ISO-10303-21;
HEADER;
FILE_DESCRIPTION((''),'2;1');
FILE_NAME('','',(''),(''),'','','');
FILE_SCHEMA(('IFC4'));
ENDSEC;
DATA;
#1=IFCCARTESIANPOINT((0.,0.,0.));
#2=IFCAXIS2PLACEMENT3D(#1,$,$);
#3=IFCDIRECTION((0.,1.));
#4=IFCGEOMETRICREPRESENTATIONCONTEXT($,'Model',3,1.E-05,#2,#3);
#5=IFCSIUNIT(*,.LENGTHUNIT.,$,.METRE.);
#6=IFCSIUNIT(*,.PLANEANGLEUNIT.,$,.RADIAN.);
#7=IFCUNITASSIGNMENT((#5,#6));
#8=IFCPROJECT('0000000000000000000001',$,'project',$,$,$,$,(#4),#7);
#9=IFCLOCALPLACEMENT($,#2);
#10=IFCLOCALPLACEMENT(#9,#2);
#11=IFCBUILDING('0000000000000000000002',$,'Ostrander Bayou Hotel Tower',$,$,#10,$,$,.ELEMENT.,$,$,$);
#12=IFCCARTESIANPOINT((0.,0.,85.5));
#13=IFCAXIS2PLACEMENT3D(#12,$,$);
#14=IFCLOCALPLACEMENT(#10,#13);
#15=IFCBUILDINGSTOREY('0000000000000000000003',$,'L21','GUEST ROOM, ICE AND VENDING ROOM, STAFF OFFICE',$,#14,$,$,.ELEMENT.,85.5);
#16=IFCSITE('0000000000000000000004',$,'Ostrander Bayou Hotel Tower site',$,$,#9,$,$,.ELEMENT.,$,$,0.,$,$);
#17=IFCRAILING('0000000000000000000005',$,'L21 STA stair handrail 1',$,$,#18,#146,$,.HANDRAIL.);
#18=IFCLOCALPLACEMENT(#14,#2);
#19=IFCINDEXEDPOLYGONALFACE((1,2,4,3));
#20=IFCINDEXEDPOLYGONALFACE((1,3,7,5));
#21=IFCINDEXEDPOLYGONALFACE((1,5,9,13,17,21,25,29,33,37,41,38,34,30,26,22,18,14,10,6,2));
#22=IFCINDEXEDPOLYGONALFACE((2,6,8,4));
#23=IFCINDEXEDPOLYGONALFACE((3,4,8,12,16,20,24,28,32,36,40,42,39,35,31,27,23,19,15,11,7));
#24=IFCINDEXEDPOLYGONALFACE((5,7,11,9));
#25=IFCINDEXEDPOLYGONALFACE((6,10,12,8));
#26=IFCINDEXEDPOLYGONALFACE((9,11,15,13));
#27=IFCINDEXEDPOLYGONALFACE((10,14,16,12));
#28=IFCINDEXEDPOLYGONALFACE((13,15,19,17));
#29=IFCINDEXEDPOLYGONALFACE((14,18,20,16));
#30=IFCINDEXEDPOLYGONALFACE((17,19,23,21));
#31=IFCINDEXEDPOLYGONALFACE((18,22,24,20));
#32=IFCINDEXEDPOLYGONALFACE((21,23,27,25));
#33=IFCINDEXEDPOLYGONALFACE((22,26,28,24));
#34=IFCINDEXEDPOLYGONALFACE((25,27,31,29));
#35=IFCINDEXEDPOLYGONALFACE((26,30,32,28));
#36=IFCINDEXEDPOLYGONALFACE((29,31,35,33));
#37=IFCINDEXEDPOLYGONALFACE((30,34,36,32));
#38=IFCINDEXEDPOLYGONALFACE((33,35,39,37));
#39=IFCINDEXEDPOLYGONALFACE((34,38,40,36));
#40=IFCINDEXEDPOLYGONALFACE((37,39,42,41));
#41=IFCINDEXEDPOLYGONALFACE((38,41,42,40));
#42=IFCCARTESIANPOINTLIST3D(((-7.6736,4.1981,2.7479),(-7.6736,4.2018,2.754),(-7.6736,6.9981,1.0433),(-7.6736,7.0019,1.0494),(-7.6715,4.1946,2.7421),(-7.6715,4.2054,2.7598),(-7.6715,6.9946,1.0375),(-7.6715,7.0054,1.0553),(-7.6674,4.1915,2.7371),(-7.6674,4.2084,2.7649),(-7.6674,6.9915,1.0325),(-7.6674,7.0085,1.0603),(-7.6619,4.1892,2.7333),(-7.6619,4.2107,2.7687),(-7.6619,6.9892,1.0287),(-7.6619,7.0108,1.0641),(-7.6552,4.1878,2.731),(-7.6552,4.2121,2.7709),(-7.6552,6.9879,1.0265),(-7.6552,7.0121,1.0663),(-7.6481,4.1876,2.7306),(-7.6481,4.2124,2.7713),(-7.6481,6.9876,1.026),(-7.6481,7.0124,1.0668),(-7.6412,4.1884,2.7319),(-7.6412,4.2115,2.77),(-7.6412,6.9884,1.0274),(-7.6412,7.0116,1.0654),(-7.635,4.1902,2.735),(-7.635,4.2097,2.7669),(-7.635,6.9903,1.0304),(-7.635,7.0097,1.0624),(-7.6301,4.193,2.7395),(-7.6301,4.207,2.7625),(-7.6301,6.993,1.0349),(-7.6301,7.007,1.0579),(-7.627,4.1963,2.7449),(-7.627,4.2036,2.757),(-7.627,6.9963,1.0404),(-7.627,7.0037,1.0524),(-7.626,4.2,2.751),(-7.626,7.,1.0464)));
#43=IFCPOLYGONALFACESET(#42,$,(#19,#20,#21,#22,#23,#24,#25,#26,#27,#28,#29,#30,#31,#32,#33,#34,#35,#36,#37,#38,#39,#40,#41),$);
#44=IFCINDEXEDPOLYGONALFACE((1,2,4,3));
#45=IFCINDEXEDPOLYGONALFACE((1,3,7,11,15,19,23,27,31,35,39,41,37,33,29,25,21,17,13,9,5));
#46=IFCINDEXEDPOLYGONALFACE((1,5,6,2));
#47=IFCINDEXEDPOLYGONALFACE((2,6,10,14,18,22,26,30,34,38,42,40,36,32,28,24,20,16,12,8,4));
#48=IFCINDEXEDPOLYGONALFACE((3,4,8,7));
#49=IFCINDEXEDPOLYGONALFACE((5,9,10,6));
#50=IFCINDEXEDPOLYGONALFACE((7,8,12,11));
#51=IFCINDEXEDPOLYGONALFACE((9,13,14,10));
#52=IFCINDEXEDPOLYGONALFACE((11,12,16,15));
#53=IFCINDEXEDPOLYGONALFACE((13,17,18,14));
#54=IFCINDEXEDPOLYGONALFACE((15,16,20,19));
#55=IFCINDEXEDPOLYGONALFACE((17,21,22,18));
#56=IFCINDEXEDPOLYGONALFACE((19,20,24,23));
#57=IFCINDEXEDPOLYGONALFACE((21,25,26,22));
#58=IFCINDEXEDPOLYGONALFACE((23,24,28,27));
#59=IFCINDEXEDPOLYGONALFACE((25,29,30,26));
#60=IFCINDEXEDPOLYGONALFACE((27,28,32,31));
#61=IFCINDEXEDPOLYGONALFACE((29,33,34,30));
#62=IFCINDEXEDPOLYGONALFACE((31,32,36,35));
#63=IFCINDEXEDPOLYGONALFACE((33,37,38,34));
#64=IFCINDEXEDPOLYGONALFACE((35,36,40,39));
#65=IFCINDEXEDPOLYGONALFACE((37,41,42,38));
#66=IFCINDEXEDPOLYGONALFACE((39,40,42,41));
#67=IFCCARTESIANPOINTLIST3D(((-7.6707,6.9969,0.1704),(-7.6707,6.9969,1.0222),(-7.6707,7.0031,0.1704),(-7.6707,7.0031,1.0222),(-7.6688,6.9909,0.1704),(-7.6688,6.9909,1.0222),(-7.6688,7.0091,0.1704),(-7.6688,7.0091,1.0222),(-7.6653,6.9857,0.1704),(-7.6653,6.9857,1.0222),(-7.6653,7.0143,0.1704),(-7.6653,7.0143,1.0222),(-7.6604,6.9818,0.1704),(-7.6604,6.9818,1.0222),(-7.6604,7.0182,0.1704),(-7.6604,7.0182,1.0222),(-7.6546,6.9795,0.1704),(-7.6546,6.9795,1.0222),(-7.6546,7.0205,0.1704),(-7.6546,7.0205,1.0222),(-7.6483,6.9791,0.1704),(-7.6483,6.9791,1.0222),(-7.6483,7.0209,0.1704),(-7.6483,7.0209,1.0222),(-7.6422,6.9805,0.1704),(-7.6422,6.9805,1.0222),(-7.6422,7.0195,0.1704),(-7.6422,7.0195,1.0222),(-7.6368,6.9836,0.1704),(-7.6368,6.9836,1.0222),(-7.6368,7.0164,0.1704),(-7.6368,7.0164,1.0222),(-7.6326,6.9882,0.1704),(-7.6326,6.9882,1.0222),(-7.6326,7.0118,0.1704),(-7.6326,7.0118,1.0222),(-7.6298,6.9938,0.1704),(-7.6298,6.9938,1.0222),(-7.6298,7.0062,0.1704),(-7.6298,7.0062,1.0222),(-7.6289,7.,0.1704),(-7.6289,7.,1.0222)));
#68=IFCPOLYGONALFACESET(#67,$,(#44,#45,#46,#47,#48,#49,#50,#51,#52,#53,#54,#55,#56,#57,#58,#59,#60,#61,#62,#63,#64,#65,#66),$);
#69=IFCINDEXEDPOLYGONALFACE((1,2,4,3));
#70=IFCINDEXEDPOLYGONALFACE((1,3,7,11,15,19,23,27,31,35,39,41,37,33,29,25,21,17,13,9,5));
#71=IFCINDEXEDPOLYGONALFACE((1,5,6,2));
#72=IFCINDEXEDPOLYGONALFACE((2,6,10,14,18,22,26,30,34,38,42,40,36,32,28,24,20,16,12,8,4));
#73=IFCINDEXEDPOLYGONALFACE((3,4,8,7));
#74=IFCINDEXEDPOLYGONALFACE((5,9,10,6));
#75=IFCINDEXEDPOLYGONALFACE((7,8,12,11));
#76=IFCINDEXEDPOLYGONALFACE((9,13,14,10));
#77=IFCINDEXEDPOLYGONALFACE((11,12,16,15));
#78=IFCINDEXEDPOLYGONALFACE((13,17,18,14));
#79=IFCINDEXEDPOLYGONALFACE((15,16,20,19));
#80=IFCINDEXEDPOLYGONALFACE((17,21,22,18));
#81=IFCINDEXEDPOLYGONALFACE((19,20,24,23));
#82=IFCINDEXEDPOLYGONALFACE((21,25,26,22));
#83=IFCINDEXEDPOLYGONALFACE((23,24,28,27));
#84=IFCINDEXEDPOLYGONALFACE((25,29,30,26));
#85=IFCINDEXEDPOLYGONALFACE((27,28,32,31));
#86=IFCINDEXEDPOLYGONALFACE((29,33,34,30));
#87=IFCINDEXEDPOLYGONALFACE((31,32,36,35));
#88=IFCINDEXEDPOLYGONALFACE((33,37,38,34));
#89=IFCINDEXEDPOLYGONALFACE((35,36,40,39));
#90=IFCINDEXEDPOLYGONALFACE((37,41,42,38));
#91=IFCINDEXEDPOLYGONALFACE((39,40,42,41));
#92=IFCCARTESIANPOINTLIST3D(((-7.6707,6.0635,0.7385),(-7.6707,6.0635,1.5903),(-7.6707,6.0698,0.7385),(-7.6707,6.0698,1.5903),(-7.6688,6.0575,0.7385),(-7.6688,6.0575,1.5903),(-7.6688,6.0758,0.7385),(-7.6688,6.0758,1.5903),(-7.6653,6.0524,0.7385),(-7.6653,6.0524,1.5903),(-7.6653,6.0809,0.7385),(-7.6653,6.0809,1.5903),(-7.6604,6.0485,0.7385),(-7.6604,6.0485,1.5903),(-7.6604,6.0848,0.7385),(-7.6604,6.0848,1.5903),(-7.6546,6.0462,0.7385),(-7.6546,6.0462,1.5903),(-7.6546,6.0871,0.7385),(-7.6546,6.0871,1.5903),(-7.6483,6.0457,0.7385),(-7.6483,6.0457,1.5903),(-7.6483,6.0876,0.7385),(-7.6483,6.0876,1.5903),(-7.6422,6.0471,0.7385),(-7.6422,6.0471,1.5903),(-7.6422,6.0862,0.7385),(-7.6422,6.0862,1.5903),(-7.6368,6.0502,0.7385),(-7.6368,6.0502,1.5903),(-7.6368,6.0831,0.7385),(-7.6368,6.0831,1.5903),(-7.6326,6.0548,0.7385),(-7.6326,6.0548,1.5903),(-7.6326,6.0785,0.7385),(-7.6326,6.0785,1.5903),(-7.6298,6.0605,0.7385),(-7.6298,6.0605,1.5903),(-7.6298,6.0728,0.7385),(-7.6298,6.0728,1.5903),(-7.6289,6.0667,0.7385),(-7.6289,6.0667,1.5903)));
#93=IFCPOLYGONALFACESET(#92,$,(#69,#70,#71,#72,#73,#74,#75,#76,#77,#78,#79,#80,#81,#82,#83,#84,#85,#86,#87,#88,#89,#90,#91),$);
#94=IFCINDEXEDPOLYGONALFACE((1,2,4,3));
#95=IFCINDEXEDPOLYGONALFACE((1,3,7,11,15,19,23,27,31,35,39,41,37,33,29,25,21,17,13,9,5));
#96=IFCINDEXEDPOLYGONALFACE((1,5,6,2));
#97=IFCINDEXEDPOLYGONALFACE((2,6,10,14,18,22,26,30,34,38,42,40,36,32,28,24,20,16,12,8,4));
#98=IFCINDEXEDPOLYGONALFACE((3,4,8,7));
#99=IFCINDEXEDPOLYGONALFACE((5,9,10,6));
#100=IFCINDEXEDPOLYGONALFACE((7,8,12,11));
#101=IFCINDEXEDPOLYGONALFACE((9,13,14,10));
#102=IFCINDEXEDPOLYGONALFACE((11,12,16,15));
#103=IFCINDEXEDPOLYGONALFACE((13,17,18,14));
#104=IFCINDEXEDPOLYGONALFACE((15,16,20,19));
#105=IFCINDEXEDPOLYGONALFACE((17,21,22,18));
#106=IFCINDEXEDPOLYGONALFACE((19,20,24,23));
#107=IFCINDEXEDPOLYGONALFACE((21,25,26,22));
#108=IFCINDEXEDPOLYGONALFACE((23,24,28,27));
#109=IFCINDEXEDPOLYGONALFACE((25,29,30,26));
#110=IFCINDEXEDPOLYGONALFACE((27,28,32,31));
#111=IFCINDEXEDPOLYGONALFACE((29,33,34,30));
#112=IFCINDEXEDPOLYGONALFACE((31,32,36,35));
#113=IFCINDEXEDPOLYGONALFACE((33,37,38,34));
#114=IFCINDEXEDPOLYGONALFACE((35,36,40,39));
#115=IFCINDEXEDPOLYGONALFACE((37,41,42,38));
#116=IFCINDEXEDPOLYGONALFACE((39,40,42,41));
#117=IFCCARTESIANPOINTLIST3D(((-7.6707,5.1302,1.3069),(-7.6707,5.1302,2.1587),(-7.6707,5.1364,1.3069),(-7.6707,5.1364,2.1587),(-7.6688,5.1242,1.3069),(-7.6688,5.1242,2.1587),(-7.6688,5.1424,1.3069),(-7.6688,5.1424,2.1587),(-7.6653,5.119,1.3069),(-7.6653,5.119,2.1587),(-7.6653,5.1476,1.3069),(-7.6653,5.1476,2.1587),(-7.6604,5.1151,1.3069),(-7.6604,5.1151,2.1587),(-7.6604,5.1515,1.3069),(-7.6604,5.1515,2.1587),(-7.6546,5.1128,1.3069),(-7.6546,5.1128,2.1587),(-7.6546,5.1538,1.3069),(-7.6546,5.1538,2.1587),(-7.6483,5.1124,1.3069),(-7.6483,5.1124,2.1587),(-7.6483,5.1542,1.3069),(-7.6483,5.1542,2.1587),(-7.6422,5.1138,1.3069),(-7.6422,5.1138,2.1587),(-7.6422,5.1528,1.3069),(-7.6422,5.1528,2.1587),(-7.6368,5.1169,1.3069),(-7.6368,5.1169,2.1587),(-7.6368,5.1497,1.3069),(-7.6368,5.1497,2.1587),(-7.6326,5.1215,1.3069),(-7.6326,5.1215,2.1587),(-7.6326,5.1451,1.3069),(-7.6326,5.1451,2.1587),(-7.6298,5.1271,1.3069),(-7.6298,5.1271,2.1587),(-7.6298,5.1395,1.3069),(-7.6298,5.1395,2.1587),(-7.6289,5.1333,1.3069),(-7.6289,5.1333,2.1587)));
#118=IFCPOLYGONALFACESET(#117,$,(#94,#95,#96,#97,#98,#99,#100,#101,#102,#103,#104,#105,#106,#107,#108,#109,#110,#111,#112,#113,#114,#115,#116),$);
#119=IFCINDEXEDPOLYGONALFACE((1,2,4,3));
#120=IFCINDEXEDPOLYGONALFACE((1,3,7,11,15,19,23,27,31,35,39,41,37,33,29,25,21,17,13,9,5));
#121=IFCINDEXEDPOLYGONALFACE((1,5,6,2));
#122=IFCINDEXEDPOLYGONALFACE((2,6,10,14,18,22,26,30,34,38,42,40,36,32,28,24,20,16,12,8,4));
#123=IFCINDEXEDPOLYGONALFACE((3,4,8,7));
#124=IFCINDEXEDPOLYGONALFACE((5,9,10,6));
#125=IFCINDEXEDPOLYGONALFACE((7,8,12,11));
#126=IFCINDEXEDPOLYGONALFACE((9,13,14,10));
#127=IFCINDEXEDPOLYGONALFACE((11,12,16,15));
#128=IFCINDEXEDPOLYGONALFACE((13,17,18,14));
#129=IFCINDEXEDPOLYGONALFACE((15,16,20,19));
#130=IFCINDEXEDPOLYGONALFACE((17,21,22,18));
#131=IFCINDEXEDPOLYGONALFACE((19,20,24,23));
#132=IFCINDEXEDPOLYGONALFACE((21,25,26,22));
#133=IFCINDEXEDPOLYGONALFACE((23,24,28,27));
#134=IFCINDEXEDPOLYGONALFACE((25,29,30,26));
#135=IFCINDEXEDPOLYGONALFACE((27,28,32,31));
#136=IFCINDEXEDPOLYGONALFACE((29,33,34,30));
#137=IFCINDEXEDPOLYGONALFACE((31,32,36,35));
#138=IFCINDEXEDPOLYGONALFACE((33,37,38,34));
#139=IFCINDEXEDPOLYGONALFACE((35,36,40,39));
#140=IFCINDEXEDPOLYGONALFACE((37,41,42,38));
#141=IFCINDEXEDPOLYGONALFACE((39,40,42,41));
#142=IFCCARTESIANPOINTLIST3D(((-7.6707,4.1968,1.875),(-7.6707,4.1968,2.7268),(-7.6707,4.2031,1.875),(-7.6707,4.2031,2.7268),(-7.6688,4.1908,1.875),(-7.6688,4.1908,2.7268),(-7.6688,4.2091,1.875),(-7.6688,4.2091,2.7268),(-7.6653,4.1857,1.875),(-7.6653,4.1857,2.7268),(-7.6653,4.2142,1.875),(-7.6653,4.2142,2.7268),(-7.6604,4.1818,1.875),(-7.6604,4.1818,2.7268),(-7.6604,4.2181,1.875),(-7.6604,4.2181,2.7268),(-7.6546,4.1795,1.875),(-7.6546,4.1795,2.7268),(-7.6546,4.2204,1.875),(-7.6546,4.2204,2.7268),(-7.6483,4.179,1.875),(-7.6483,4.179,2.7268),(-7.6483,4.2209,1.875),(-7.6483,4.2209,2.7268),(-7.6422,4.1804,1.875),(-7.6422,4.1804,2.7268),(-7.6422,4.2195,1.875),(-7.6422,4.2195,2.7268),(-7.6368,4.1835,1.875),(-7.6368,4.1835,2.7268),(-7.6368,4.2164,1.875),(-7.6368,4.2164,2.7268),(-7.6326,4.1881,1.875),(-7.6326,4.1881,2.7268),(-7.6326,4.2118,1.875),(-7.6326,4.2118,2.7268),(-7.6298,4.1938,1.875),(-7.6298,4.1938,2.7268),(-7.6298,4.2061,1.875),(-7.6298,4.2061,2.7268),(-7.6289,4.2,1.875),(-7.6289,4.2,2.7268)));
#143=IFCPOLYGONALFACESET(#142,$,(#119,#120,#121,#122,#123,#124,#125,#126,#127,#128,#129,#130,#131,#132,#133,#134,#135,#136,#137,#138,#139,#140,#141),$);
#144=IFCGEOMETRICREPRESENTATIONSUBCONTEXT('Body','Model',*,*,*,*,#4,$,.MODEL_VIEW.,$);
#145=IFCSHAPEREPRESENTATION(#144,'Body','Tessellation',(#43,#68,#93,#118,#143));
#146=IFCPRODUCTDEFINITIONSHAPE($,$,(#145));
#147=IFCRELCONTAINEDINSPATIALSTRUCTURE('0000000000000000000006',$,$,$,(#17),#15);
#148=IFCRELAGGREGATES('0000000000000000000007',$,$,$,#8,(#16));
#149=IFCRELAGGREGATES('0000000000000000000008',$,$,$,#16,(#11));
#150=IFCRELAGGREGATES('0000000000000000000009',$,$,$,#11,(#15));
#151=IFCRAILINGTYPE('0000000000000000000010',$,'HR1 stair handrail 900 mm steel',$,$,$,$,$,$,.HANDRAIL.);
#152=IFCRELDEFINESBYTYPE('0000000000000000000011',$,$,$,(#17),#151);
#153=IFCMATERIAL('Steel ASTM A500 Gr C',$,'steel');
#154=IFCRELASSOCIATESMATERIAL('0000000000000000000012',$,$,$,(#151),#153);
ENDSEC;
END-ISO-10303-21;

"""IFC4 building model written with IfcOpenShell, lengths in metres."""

from ifc_helpers import new_model, si_unit, direction, frame, origin, origin_2d, place, context, subcontext, project, spatial, circle, extrude, material, type_object, element, save


model = new_model("IFC4")

# Units and contexts
model_context = context("Model", 3, precision=1e-05, world=origin(), true_north=direction((0.0, 1.0)))
body_context = subcontext(model_context, "Body", "Model", "MODEL_VIEW")
ifc_project = project(units=[si_unit("LENGTHUNIT", "METRE"), si_unit("PLANEANGLEUNIT", "RADIAN")], contexts=[model_context])

# Site, building, storey
site_placement = place(None, origin())
site = spatial("IfcSite", under=ifc_project, at=site_placement, Name="Ostrander Bayou Hotel Tower site", CompositionType="ELEMENT", RefElevation=0.0)
building_placement = place(site_placement, origin())
building = spatial("IfcBuilding", under=site, at=building_placement, Name="Ostrander Bayou Hotel Tower", CompositionType="ELEMENT")
storey_placement = place(building_placement, frame((0.0, 0.0, 85.5)))
storey = spatial("IfcBuildingStorey", under=building, at=storey_placement, Name="L21", Description="GUEST ROOM, ICE AND VENDING ROOM, STAFF OFFICE", CompositionType="ELEMENT", Elevation=85.5)

# Railing
ifc_material_1 = material(Name="Steel ASTM A500 Gr C", Category="steel")
railing_type_1 = type_object("IfcRailingType", Name="HR1 stair handrail 900 mm steel", PredefinedType="HANDRAIL", material=ifc_material_1)
railing_1_placement = place(storey_placement, frame((-7.6499, 7.0, 0.1704)))
element("IfcRailing", 1, at=railing_1_placement, inside=storey, type_object=railing_type_1, Name="L21 STA stair handrail 1", PredefinedType="HANDRAIL", context=body_context, shape_type="SweptSolid", body=[
    extrude(circle(Radius=0.0239, at=origin_2d()), frame((0.0, 0.0, 0.876), z_axis=(0.0, -0.85417, 0.519994), x_axis=(1.0, 0.0, 0.0)), (0.0, 0.0, 1.0), 3.2781),
    extrude(circle(Radius=0.021, at=origin_2d()), origin(), (0.0, 0.0, 1.0), 0.8518),
    extrude(circle(Radius=0.021, at=origin_2d()), frame((0.0, -0.9333, 0.5681)), (0.0, 0.0, 1.0), 0.8518),
    extrude(circle(Radius=0.021, at=origin_2d()), frame((0.0, -1.8667, 1.1365)), (0.0, 0.0, 1.0), 0.8518),
    extrude(circle(Radius=0.021, at=origin_2d()), frame((0.0, -2.8, 1.7046)), (0.0, 0.0, 1.0), 0.8518),
])

save(model, "model.ifc")
